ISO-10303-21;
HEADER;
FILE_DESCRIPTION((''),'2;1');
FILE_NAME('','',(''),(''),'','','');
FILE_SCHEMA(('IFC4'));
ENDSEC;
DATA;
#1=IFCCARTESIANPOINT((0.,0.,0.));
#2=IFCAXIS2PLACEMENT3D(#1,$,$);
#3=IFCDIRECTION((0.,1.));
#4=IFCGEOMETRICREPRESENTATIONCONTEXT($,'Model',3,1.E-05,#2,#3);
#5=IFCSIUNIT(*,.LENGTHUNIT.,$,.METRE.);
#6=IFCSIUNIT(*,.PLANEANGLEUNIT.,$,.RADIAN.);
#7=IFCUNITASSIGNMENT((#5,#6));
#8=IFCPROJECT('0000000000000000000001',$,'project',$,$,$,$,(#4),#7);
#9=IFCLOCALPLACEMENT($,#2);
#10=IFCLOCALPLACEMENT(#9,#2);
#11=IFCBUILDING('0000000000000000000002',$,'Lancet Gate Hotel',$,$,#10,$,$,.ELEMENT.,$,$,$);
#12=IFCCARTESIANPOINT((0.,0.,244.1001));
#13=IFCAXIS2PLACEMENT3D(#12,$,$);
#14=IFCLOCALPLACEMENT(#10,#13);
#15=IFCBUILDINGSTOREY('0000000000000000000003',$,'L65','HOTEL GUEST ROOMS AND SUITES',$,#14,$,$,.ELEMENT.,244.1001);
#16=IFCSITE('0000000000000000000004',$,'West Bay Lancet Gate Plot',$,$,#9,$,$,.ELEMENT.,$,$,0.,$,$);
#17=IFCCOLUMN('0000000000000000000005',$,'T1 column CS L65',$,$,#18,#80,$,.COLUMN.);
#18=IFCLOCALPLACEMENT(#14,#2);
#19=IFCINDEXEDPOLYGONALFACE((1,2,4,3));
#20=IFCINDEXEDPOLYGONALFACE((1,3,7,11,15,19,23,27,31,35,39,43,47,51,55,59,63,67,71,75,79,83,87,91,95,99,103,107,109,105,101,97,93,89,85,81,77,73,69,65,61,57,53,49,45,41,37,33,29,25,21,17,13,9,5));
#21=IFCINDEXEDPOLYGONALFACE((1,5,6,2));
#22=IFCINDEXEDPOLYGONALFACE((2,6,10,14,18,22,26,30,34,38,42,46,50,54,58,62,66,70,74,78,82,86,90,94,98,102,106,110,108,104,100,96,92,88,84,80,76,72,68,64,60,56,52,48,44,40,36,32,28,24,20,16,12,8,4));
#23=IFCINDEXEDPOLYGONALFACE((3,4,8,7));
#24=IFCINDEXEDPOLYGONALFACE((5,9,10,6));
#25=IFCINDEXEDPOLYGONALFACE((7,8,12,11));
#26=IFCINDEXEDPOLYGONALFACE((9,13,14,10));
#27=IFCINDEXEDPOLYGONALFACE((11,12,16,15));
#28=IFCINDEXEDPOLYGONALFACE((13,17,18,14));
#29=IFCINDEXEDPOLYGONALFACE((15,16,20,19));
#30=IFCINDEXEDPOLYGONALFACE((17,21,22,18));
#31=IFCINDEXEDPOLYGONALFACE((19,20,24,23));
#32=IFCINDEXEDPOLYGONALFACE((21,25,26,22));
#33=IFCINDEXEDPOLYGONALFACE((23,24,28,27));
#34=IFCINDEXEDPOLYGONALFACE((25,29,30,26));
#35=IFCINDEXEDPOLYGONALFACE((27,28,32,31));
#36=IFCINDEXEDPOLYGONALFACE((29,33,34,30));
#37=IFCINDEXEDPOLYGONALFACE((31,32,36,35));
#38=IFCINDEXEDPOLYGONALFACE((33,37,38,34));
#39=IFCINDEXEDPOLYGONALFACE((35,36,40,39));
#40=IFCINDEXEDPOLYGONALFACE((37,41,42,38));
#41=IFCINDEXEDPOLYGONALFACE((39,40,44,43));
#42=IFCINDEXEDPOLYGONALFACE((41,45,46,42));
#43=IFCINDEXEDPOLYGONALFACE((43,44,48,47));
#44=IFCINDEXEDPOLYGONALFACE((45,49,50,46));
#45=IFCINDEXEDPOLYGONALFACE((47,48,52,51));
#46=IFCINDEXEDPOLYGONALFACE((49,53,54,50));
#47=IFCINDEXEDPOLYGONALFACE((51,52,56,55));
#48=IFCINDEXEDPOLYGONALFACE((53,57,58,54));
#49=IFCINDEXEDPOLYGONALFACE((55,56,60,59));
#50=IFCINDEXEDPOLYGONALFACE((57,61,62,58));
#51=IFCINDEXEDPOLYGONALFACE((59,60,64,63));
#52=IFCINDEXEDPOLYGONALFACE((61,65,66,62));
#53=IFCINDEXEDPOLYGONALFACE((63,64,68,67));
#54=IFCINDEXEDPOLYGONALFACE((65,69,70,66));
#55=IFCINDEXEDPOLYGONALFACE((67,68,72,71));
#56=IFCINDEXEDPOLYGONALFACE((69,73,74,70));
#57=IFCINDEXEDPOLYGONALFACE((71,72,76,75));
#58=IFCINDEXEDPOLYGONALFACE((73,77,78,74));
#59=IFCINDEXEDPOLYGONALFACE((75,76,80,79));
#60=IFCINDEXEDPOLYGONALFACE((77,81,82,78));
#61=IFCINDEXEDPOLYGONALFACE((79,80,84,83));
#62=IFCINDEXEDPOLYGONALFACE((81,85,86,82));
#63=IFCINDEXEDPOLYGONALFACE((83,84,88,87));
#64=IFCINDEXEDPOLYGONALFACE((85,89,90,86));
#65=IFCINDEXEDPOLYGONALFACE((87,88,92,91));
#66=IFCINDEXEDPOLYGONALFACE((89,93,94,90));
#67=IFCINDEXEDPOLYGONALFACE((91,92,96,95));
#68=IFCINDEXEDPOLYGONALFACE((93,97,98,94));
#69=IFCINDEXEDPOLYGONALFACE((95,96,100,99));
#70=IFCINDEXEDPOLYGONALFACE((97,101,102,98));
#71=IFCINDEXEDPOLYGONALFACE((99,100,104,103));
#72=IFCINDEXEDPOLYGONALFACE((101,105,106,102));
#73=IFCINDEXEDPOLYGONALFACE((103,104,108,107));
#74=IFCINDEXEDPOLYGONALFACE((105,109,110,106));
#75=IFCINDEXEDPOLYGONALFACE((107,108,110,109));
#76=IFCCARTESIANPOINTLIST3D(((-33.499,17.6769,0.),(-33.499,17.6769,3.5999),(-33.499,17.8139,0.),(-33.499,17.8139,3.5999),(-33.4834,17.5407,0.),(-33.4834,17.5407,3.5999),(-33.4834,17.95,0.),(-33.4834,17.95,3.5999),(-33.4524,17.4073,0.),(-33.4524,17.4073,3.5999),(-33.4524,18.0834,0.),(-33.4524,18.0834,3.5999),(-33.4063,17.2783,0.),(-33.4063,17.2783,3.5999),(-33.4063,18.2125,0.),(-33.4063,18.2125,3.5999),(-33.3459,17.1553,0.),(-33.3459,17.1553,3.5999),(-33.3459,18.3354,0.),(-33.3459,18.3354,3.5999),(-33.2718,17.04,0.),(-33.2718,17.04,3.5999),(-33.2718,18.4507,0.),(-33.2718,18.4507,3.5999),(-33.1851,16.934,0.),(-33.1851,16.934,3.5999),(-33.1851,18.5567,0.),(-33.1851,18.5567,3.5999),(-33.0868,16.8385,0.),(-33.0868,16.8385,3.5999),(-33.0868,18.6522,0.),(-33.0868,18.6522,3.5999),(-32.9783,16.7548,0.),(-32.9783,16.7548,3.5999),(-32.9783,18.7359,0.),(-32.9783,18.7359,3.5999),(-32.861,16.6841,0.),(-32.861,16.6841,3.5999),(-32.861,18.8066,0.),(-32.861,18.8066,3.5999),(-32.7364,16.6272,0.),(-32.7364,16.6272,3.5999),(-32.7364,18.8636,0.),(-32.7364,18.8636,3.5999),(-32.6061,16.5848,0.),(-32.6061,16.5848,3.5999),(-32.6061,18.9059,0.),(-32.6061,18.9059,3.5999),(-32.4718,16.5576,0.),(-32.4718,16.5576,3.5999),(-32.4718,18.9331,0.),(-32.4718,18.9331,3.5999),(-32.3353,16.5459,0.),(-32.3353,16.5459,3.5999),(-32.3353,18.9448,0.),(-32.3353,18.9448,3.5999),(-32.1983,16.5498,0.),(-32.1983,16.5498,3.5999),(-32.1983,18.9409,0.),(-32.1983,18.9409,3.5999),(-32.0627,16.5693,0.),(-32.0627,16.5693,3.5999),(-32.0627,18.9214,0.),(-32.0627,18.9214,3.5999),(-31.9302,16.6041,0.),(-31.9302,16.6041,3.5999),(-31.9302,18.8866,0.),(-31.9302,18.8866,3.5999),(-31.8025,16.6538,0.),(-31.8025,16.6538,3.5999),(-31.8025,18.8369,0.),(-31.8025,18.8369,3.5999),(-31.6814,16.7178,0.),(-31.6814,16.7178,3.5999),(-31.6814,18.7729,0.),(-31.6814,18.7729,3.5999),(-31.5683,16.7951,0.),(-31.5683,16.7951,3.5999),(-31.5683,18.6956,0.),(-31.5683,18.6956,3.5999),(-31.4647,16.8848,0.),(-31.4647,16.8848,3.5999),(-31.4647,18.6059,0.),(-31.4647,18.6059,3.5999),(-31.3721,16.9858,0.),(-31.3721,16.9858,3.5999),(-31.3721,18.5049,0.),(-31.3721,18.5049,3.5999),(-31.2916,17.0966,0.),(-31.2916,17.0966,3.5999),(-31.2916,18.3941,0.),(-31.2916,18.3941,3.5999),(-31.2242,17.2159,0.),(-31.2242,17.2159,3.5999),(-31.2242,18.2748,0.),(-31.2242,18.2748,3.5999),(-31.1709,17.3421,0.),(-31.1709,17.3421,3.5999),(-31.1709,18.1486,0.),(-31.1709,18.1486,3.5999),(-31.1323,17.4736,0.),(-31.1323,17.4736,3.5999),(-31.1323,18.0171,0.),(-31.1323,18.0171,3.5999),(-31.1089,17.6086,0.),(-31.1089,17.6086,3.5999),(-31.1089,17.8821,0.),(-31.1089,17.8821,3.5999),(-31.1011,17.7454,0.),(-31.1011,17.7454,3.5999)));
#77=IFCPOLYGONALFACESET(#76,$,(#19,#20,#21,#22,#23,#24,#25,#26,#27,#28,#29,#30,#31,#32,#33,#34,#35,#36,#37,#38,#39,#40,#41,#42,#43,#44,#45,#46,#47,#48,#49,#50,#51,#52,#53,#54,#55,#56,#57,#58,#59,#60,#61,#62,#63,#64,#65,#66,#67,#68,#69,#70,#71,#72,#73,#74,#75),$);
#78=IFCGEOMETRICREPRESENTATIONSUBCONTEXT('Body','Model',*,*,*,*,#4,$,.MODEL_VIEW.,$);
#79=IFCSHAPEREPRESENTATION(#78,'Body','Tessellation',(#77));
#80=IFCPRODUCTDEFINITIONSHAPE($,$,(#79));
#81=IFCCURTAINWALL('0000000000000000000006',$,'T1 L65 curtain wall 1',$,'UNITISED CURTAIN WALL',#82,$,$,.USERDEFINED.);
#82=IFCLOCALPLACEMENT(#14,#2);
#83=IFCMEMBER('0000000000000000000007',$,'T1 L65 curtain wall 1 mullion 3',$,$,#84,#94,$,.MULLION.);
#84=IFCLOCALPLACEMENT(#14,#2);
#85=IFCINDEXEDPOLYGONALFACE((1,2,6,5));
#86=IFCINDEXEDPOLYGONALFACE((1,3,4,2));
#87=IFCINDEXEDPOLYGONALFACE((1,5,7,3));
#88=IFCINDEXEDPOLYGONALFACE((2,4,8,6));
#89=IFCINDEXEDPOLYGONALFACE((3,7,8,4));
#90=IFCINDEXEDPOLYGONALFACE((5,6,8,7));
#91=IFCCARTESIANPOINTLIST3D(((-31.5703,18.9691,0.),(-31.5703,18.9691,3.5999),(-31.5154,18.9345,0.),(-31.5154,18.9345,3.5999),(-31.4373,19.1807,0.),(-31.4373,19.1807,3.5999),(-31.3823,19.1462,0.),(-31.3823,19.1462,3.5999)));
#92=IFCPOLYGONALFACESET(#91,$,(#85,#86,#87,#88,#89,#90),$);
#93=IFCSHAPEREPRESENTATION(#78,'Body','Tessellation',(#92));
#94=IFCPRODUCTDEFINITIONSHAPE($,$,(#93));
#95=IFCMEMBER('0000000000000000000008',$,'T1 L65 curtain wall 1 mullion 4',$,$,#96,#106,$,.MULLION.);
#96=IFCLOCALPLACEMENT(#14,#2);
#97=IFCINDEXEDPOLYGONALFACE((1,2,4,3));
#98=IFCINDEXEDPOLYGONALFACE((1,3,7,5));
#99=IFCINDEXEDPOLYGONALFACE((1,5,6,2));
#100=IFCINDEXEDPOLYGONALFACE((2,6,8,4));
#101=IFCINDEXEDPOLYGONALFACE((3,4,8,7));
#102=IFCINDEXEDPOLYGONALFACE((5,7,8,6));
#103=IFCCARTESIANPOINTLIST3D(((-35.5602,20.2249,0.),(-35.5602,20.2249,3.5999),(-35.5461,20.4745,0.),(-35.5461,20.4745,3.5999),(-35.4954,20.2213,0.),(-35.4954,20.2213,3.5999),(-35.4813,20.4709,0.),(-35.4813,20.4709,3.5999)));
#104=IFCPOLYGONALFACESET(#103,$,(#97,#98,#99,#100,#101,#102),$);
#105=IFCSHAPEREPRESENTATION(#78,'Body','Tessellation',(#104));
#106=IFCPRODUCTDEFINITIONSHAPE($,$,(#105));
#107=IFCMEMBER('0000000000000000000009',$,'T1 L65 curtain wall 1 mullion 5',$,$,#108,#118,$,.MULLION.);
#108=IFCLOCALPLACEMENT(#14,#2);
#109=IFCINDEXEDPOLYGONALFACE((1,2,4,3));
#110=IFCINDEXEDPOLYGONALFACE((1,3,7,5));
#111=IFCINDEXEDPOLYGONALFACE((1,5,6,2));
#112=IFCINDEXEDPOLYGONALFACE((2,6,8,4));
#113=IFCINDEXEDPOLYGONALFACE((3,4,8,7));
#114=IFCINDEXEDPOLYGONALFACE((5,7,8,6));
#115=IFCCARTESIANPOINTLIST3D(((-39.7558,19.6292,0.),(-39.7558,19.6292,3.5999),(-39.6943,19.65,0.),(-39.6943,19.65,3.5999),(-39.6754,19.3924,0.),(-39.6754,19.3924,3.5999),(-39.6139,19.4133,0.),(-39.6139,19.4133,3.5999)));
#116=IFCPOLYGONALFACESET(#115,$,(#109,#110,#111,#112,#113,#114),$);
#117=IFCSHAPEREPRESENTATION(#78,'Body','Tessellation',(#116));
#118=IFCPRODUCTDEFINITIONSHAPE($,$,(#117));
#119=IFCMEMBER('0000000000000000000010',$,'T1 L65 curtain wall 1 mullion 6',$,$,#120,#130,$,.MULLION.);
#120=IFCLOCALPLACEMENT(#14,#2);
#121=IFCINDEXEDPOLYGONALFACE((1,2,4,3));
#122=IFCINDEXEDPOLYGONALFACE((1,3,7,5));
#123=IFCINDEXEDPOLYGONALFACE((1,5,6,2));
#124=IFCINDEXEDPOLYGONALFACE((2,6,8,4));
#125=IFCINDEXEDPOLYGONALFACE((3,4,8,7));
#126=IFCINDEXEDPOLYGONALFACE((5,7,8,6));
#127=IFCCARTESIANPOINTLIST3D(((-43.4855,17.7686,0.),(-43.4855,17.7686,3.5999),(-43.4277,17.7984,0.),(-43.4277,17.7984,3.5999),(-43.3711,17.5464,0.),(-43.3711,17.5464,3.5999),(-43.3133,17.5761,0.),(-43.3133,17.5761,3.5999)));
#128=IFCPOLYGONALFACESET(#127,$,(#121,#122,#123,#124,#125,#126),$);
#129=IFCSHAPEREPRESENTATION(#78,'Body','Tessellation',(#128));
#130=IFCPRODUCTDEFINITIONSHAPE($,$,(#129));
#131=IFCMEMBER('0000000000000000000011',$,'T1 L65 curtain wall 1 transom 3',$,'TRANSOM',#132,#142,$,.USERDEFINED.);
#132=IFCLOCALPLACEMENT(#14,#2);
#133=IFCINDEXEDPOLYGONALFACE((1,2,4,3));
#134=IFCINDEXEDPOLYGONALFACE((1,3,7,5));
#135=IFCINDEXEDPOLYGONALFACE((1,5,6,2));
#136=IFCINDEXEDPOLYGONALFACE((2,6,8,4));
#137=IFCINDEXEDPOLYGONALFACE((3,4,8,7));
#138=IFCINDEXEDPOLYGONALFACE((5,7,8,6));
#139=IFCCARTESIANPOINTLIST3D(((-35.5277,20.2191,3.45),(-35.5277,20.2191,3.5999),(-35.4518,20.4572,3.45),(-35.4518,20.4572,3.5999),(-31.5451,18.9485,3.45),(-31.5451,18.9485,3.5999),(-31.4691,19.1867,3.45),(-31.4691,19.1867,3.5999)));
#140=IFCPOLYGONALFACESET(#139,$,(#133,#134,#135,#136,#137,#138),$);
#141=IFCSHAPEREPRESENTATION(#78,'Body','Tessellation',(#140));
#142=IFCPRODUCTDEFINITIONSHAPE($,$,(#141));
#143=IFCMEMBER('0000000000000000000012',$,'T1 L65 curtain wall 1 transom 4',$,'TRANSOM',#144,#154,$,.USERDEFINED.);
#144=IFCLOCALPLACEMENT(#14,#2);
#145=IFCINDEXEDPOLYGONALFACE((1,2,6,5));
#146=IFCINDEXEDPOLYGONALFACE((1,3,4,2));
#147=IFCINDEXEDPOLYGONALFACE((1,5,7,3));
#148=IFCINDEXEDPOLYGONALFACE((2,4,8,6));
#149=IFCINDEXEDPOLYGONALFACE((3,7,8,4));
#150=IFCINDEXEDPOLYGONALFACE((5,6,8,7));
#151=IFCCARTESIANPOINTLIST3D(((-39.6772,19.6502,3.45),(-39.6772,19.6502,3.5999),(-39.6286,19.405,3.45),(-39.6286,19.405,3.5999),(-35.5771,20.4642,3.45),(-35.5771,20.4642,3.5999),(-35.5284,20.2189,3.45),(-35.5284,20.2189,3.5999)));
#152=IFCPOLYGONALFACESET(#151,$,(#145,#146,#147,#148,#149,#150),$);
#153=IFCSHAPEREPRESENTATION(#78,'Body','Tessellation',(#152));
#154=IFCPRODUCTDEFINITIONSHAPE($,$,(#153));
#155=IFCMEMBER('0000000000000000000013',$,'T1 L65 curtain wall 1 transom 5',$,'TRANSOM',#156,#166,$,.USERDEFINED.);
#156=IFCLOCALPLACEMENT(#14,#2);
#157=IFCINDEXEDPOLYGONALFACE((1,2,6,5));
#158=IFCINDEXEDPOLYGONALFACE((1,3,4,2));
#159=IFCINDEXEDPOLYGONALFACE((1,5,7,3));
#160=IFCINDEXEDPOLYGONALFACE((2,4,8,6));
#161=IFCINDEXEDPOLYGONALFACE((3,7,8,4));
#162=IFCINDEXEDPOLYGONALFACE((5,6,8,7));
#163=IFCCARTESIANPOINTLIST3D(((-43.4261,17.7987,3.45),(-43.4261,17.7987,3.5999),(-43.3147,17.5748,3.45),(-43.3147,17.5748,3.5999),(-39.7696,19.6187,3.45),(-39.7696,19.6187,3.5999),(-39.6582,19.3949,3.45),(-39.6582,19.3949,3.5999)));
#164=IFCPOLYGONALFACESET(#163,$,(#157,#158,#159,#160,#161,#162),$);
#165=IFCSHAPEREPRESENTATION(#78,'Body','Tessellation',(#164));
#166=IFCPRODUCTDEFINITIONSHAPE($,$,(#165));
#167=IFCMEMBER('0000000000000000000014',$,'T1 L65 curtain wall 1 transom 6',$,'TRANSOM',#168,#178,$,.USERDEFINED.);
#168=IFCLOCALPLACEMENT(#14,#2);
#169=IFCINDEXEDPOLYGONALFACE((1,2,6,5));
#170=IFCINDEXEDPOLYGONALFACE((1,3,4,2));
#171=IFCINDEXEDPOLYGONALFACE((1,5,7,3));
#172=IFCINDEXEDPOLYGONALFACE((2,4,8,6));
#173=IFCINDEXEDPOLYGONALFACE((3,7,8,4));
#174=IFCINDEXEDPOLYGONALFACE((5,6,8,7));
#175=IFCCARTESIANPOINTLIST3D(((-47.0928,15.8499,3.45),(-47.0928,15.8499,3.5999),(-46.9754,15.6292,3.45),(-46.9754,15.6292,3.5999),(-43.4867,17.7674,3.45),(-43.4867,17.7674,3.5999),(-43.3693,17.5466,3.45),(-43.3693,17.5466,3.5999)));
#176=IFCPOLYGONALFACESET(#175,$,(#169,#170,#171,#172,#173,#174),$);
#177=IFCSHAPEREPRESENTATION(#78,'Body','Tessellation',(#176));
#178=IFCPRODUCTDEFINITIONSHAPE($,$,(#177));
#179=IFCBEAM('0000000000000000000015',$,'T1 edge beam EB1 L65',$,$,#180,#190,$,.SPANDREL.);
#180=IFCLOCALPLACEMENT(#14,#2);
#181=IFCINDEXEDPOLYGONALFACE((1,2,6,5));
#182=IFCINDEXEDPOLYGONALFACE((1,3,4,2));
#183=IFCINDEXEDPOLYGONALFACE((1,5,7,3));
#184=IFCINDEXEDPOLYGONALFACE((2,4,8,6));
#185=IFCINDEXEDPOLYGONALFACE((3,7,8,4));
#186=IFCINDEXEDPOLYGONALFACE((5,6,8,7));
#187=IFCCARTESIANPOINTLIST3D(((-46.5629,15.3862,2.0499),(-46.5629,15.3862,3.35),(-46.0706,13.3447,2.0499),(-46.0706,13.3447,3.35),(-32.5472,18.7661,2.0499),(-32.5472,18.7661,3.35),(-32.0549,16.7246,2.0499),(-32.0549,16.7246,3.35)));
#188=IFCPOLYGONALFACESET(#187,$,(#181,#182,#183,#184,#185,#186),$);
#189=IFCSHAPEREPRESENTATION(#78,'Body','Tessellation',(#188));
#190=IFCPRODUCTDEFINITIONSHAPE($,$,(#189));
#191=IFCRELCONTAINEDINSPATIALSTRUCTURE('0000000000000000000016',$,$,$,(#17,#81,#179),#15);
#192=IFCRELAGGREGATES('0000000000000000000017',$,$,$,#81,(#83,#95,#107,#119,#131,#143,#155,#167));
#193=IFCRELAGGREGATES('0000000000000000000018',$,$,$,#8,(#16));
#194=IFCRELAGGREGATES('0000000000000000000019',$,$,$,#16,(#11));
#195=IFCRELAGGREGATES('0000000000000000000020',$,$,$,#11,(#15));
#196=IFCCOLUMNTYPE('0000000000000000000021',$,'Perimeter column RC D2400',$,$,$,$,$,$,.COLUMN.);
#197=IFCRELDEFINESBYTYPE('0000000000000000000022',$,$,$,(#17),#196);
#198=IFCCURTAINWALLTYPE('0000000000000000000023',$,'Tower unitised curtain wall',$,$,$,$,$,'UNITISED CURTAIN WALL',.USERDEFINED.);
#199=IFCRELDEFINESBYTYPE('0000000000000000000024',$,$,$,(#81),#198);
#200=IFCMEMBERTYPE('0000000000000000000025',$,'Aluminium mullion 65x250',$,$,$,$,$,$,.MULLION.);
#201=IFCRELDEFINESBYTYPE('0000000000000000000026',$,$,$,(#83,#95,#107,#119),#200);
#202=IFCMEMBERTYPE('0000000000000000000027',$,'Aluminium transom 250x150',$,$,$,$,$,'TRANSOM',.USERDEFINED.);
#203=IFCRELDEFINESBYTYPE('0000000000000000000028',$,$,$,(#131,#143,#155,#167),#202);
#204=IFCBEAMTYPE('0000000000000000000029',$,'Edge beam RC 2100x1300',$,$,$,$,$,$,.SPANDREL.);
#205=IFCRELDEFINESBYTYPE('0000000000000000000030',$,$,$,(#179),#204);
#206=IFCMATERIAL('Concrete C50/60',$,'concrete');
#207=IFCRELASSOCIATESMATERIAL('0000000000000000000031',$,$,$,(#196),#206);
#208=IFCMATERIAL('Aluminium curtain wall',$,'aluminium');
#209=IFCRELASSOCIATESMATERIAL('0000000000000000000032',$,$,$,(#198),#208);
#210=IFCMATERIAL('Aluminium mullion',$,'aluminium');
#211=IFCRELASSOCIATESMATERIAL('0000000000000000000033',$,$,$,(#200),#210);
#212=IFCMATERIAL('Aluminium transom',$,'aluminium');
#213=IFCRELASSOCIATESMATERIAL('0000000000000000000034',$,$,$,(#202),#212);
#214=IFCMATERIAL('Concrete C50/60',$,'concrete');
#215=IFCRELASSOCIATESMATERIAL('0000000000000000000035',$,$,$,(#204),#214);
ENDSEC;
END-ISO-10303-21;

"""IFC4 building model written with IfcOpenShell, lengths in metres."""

from ifc_helpers import new_model, si_unit, direction, frame, origin, origin_2d, place, context, subcontext, project, spatial, rectangle, circle, extrude, material, material_profile, profile_set, type_object, element, aggregate, save


model = new_model("IFC4")

# Units and contexts
model_context = context("Model", 3, precision=1e-05, world=origin(), true_north=direction((0.0, 1.0)))
body_context = subcontext(model_context, "Body", "Model", "MODEL_VIEW")
ifc_project = project(units=[si_unit("LENGTHUNIT", "METRE"), si_unit("PLANEANGLEUNIT", "RADIAN")], contexts=[model_context])

# Site, building, storey
site_placement = place(None, origin())
site = spatial("IfcSite", under=ifc_project, at=site_placement, Name="West Bay Lancet Gate Plot", CompositionType="ELEMENT", RefElevation=0.0)
building_placement = place(site_placement, origin())
building = spatial("IfcBuilding", under=site, at=building_placement, Name="Lancet Gate Hotel", CompositionType="ELEMENT")
storey_placement = place(building_placement, frame((0.0, 0.0, 244.1001)))
storey = spatial("IfcBuildingStorey", under=building, at=storey_placement, Name="L65", Description="HOTEL GUEST ROOMS AND SUITES", CompositionType="ELEMENT", Elevation=244.1001)

# Column
ifc_material_1 = material(Name="Concrete C50/60", Category="concrete")
ifc_material_profile_1 = material_profile(ifc_material_1, circle(Radius=1.2, at=origin_2d()), Name="RC D2400")
ifc_profile_set_1 = profile_set([ifc_material_profile_1], Name="Concrete C50/60")
column_type = type_object("IfcColumnType", Name="Perimeter column RC D2400", PredefinedType="COLUMN", material=ifc_profile_set_1)
column_placement = place(storey_placement, frame((-32.301, 17.7454, 0.0), z_axis=(0.0, 0.0, 1.0), x_axis=(1.0, 0.0, 0.0)))
element("IfcColumn", 1, at=column_placement, inside=storey, type_object=column_type, Name="T1 column CS L65", PredefinedType="COLUMN", context=body_context, shape_type="SweptSolid", body=[
    extrude(circle(Radius=1.2, at=origin_2d()), origin(), (0.0, 0.0, 1.0), 3.5999),
])

# Curtain wall, members
ifc_material_2 = material(Name="Aluminium curtain wall", Category="aluminium")
curtain_wall_type = type_object("IfcCurtainWallType", Name="Tower unitised curtain wall", ElementType="UNITISED CURTAIN WALL", PredefinedType="USERDEFINED", material=ifc_material_2)
curtain_wall_placement = place(storey_placement, origin())
curtain_wall = element("IfcCurtainWall", 2, at=curtain_wall_placement, inside=storey, type_object=curtain_wall_type, Name="T1 L65 curtain wall 1", ObjectType="UNITISED CURTAIN WALL", PredefinedType="USERDEFINED")
ifc_material_3 = material(Name="Aluminium mullion", Category="aluminium")
ifc_material_profile_2 = material_profile(ifc_material_3, rectangle(XDim=0.0649, YDim=0.25, at=origin_2d()), Name="MULLION 65x250")
ifc_profile_set_2 = profile_set([ifc_material_profile_2], Name="Aluminium mullion")
member_type_1 = type_object("IfcMemberType", Name="Aluminium mullion 65x250", PredefinedType="MULLION", material=ifc_profile_set_2)
member_1_placement = place(storey_placement, frame((-31.4763, 19.0576, 0.0), z_axis=(0.0, 0.0, 1.0), x_axis=(-0.846613, 0.532209, 0.0)))
member_1 = element("IfcMember", 3, at=member_1_placement, type_object=member_type_1, Name="T1 L65 curtain wall 1 mullion 3", PredefinedType="MULLION", context=body_context, shape_type="SweptSolid", body=[
    extrude(rectangle(XDim=0.0649, YDim=0.25, at=origin_2d()), origin(), (0.0, 0.0, 1.0), 3.5999),
])
member_2_placement = place(storey_placement, frame((-35.5208, 20.3479, 0.0), z_axis=(0.0, 0.0, 1.0), x_axis=(-0.998409, 0.056384, 0.0)))
member_2 = element("IfcMember", 4, at=member_2_placement, type_object=member_type_1, Name="T1 L65 curtain wall 1 mullion 4", PredefinedType="MULLION", context=body_context, shape_type="SweptSolid", body=[
    extrude(rectangle(XDim=0.0649, YDim=0.25, at=origin_2d()), origin(), (0.0, 0.0, 1.0), 3.5999),
])
member_3_placement = place(storey_placement, frame((-39.6848, 19.5212, 0.0), z_axis=(0.0, 0.0, 1.0), x_axis=(-0.946888, -0.321564, 0.0)))
member_3 = element("IfcMember", 5, at=member_3_placement, type_object=member_type_1, Name="T1 L65 curtain wall 1 mullion 5", PredefinedType="MULLION", context=body_context, shape_type="SweptSolid", body=[
    extrude(rectangle(XDim=0.0649, YDim=0.25, at=origin_2d()), origin(), (0.0, 0.0, 1.0), 3.5999),
])
member_4_placement = place(storey_placement, frame((-43.3994, 17.6724, 0.0), z_axis=(0.0, 0.0, 1.0), x_axis=(-0.889156, -0.457605, 0.0)))
member_4 = element("IfcMember", 6, at=member_4_placement, type_object=member_type_1, Name="T1 L65 curtain wall 1 mullion 6", PredefinedType="MULLION", context=body_context, shape_type="SweptSolid", body=[
    extrude(rectangle(XDim=0.0649, YDim=0.25, at=origin_2d()), origin(), (0.0, 0.0, 1.0), 3.5999),
])
ifc_material_4 = material(Name="Aluminium transom", Category="aluminium")
ifc_material_profile_3 = material_profile(ifc_material_4, rectangle(XDim=0.25, YDim=0.1499, at=origin_2d()), Name="TRANSOM 250x150")
ifc_profile_set_3 = profile_set([ifc_material_profile_3], Name="Aluminium transom")
member_type_2 = type_object("IfcMemberType", Name="Aluminium transom 250x150", ElementType="TRANSOM", PredefinedType="USERDEFINED", material=ifc_profile_set_3)
member_5_placement = place(storey_placement, frame((-31.5071, 19.0676, 3.5249), z_axis=(-0.952698, 0.30392, 0.0), x_axis=(-0.30392, -0.952698, 0.0)))
member_5 = element("IfcMember", 7, at=member_5_placement, type_object=member_type_2, Name="T1 L65 curtain wall 1 transom 3", ObjectType="TRANSOM", PredefinedType="USERDEFINED", context=body_context, shape_type="SweptSolid", body=[
    extrude(rectangle(XDim=0.25, YDim=0.1499, at=origin_2d()), origin(), (0.0, 0.0, 1.0), 4.1804),
])
member_6_placement = place(storey_placement, frame((-35.5527, 20.3416, 3.5249), z_axis=(-0.980858, -0.194723, 0.0), x_axis=(0.194723, -0.980858, 0.0)))
member_6 = element("IfcMember", 8, at=member_6_placement, type_object=member_type_2, Name="T1 L65 curtain wall 1 transom 4", ObjectType="TRANSOM", PredefinedType="USERDEFINED", context=body_context, shape_type="SweptSolid", body=[
    extrude(rectangle(XDim=0.25, YDim=0.1499, at=origin_2d()), origin(), (0.0, 0.0, 1.0), 4.1802),
])
member_7_placement = place(storey_placement, frame((-39.7139, 19.5068, 3.5249), z_axis=(-0.895227, -0.445611, 0.0), x_axis=(0.445611, -0.895227, 0.0)))
member_7 = element("IfcMember", 9, at=member_7_placement, type_object=member_type_2, Name="T1 L65 curtain wall 1 transom 5", ObjectType="TRANSOM", PredefinedType="USERDEFINED", context=body_context, shape_type="SweptSolid", body=[
    extrude(rectangle(XDim=0.25, YDim=0.1499, at=origin_2d()), origin(), (0.0, 0.0, 1.0), 4.0845),
])
member_8_placement = place(storey_placement, frame((-43.428, 17.657, 3.5249), z_axis=(-0.882945, -0.469477, 0.0), x_axis=(0.469477, -0.882945, 0.0)))
member_8 = element("IfcMember", 10, at=member_8_placement, type_object=member_type_2, Name="T1 L65 curtain wall 1 transom 6", ObjectType="TRANSOM", PredefinedType="USERDEFINED", context=body_context, shape_type="SweptSolid", body=[
    extrude(rectangle(XDim=0.25, YDim=0.1499, at=origin_2d()), origin(), (0.0, 0.0, 1.0), 4.0842),
])

# Beam
ifc_material_5 = material(Name="Concrete C50/60", Category="concrete")
ifc_material_profile_4 = material_profile(ifc_material_5, rectangle(XDim=2.1001, YDim=1.3, at=origin_2d()), Name="RC 2100x1300")
ifc_profile_set_4 = profile_set([ifc_material_profile_4], Name="Concrete C50/60")
beam_type_1 = type_object("IfcBeamType", Name="Edge beam RC 2100x1300", PredefinedType="SPANDREL", material=ifc_profile_set_4)
beam_1_placement = place(storey_placement, frame((-32.301, 17.7454, 2.7), z_axis=(-0.972133, -0.234431, 0.0), x_axis=(0.234431, -0.972133, 0.0)))
element("IfcBeam", 11, at=beam_1_placement, inside=storey, type_object=beam_type_1, Name="T1 edge beam EB1 L65", PredefinedType="SPANDREL", context=body_context, shape_type="SweptSolid", body=[
    extrude(rectangle(XDim=2.1001, YDim=1.3, at=origin_2d()), origin(), (0.0, 0.0, 1.0), 14.4175),
])

aggregate(curtain_wall, [member_1, member_2, member_3, member_4, member_5, member_6, member_7, member_8])

save(model, "model.ifc")
